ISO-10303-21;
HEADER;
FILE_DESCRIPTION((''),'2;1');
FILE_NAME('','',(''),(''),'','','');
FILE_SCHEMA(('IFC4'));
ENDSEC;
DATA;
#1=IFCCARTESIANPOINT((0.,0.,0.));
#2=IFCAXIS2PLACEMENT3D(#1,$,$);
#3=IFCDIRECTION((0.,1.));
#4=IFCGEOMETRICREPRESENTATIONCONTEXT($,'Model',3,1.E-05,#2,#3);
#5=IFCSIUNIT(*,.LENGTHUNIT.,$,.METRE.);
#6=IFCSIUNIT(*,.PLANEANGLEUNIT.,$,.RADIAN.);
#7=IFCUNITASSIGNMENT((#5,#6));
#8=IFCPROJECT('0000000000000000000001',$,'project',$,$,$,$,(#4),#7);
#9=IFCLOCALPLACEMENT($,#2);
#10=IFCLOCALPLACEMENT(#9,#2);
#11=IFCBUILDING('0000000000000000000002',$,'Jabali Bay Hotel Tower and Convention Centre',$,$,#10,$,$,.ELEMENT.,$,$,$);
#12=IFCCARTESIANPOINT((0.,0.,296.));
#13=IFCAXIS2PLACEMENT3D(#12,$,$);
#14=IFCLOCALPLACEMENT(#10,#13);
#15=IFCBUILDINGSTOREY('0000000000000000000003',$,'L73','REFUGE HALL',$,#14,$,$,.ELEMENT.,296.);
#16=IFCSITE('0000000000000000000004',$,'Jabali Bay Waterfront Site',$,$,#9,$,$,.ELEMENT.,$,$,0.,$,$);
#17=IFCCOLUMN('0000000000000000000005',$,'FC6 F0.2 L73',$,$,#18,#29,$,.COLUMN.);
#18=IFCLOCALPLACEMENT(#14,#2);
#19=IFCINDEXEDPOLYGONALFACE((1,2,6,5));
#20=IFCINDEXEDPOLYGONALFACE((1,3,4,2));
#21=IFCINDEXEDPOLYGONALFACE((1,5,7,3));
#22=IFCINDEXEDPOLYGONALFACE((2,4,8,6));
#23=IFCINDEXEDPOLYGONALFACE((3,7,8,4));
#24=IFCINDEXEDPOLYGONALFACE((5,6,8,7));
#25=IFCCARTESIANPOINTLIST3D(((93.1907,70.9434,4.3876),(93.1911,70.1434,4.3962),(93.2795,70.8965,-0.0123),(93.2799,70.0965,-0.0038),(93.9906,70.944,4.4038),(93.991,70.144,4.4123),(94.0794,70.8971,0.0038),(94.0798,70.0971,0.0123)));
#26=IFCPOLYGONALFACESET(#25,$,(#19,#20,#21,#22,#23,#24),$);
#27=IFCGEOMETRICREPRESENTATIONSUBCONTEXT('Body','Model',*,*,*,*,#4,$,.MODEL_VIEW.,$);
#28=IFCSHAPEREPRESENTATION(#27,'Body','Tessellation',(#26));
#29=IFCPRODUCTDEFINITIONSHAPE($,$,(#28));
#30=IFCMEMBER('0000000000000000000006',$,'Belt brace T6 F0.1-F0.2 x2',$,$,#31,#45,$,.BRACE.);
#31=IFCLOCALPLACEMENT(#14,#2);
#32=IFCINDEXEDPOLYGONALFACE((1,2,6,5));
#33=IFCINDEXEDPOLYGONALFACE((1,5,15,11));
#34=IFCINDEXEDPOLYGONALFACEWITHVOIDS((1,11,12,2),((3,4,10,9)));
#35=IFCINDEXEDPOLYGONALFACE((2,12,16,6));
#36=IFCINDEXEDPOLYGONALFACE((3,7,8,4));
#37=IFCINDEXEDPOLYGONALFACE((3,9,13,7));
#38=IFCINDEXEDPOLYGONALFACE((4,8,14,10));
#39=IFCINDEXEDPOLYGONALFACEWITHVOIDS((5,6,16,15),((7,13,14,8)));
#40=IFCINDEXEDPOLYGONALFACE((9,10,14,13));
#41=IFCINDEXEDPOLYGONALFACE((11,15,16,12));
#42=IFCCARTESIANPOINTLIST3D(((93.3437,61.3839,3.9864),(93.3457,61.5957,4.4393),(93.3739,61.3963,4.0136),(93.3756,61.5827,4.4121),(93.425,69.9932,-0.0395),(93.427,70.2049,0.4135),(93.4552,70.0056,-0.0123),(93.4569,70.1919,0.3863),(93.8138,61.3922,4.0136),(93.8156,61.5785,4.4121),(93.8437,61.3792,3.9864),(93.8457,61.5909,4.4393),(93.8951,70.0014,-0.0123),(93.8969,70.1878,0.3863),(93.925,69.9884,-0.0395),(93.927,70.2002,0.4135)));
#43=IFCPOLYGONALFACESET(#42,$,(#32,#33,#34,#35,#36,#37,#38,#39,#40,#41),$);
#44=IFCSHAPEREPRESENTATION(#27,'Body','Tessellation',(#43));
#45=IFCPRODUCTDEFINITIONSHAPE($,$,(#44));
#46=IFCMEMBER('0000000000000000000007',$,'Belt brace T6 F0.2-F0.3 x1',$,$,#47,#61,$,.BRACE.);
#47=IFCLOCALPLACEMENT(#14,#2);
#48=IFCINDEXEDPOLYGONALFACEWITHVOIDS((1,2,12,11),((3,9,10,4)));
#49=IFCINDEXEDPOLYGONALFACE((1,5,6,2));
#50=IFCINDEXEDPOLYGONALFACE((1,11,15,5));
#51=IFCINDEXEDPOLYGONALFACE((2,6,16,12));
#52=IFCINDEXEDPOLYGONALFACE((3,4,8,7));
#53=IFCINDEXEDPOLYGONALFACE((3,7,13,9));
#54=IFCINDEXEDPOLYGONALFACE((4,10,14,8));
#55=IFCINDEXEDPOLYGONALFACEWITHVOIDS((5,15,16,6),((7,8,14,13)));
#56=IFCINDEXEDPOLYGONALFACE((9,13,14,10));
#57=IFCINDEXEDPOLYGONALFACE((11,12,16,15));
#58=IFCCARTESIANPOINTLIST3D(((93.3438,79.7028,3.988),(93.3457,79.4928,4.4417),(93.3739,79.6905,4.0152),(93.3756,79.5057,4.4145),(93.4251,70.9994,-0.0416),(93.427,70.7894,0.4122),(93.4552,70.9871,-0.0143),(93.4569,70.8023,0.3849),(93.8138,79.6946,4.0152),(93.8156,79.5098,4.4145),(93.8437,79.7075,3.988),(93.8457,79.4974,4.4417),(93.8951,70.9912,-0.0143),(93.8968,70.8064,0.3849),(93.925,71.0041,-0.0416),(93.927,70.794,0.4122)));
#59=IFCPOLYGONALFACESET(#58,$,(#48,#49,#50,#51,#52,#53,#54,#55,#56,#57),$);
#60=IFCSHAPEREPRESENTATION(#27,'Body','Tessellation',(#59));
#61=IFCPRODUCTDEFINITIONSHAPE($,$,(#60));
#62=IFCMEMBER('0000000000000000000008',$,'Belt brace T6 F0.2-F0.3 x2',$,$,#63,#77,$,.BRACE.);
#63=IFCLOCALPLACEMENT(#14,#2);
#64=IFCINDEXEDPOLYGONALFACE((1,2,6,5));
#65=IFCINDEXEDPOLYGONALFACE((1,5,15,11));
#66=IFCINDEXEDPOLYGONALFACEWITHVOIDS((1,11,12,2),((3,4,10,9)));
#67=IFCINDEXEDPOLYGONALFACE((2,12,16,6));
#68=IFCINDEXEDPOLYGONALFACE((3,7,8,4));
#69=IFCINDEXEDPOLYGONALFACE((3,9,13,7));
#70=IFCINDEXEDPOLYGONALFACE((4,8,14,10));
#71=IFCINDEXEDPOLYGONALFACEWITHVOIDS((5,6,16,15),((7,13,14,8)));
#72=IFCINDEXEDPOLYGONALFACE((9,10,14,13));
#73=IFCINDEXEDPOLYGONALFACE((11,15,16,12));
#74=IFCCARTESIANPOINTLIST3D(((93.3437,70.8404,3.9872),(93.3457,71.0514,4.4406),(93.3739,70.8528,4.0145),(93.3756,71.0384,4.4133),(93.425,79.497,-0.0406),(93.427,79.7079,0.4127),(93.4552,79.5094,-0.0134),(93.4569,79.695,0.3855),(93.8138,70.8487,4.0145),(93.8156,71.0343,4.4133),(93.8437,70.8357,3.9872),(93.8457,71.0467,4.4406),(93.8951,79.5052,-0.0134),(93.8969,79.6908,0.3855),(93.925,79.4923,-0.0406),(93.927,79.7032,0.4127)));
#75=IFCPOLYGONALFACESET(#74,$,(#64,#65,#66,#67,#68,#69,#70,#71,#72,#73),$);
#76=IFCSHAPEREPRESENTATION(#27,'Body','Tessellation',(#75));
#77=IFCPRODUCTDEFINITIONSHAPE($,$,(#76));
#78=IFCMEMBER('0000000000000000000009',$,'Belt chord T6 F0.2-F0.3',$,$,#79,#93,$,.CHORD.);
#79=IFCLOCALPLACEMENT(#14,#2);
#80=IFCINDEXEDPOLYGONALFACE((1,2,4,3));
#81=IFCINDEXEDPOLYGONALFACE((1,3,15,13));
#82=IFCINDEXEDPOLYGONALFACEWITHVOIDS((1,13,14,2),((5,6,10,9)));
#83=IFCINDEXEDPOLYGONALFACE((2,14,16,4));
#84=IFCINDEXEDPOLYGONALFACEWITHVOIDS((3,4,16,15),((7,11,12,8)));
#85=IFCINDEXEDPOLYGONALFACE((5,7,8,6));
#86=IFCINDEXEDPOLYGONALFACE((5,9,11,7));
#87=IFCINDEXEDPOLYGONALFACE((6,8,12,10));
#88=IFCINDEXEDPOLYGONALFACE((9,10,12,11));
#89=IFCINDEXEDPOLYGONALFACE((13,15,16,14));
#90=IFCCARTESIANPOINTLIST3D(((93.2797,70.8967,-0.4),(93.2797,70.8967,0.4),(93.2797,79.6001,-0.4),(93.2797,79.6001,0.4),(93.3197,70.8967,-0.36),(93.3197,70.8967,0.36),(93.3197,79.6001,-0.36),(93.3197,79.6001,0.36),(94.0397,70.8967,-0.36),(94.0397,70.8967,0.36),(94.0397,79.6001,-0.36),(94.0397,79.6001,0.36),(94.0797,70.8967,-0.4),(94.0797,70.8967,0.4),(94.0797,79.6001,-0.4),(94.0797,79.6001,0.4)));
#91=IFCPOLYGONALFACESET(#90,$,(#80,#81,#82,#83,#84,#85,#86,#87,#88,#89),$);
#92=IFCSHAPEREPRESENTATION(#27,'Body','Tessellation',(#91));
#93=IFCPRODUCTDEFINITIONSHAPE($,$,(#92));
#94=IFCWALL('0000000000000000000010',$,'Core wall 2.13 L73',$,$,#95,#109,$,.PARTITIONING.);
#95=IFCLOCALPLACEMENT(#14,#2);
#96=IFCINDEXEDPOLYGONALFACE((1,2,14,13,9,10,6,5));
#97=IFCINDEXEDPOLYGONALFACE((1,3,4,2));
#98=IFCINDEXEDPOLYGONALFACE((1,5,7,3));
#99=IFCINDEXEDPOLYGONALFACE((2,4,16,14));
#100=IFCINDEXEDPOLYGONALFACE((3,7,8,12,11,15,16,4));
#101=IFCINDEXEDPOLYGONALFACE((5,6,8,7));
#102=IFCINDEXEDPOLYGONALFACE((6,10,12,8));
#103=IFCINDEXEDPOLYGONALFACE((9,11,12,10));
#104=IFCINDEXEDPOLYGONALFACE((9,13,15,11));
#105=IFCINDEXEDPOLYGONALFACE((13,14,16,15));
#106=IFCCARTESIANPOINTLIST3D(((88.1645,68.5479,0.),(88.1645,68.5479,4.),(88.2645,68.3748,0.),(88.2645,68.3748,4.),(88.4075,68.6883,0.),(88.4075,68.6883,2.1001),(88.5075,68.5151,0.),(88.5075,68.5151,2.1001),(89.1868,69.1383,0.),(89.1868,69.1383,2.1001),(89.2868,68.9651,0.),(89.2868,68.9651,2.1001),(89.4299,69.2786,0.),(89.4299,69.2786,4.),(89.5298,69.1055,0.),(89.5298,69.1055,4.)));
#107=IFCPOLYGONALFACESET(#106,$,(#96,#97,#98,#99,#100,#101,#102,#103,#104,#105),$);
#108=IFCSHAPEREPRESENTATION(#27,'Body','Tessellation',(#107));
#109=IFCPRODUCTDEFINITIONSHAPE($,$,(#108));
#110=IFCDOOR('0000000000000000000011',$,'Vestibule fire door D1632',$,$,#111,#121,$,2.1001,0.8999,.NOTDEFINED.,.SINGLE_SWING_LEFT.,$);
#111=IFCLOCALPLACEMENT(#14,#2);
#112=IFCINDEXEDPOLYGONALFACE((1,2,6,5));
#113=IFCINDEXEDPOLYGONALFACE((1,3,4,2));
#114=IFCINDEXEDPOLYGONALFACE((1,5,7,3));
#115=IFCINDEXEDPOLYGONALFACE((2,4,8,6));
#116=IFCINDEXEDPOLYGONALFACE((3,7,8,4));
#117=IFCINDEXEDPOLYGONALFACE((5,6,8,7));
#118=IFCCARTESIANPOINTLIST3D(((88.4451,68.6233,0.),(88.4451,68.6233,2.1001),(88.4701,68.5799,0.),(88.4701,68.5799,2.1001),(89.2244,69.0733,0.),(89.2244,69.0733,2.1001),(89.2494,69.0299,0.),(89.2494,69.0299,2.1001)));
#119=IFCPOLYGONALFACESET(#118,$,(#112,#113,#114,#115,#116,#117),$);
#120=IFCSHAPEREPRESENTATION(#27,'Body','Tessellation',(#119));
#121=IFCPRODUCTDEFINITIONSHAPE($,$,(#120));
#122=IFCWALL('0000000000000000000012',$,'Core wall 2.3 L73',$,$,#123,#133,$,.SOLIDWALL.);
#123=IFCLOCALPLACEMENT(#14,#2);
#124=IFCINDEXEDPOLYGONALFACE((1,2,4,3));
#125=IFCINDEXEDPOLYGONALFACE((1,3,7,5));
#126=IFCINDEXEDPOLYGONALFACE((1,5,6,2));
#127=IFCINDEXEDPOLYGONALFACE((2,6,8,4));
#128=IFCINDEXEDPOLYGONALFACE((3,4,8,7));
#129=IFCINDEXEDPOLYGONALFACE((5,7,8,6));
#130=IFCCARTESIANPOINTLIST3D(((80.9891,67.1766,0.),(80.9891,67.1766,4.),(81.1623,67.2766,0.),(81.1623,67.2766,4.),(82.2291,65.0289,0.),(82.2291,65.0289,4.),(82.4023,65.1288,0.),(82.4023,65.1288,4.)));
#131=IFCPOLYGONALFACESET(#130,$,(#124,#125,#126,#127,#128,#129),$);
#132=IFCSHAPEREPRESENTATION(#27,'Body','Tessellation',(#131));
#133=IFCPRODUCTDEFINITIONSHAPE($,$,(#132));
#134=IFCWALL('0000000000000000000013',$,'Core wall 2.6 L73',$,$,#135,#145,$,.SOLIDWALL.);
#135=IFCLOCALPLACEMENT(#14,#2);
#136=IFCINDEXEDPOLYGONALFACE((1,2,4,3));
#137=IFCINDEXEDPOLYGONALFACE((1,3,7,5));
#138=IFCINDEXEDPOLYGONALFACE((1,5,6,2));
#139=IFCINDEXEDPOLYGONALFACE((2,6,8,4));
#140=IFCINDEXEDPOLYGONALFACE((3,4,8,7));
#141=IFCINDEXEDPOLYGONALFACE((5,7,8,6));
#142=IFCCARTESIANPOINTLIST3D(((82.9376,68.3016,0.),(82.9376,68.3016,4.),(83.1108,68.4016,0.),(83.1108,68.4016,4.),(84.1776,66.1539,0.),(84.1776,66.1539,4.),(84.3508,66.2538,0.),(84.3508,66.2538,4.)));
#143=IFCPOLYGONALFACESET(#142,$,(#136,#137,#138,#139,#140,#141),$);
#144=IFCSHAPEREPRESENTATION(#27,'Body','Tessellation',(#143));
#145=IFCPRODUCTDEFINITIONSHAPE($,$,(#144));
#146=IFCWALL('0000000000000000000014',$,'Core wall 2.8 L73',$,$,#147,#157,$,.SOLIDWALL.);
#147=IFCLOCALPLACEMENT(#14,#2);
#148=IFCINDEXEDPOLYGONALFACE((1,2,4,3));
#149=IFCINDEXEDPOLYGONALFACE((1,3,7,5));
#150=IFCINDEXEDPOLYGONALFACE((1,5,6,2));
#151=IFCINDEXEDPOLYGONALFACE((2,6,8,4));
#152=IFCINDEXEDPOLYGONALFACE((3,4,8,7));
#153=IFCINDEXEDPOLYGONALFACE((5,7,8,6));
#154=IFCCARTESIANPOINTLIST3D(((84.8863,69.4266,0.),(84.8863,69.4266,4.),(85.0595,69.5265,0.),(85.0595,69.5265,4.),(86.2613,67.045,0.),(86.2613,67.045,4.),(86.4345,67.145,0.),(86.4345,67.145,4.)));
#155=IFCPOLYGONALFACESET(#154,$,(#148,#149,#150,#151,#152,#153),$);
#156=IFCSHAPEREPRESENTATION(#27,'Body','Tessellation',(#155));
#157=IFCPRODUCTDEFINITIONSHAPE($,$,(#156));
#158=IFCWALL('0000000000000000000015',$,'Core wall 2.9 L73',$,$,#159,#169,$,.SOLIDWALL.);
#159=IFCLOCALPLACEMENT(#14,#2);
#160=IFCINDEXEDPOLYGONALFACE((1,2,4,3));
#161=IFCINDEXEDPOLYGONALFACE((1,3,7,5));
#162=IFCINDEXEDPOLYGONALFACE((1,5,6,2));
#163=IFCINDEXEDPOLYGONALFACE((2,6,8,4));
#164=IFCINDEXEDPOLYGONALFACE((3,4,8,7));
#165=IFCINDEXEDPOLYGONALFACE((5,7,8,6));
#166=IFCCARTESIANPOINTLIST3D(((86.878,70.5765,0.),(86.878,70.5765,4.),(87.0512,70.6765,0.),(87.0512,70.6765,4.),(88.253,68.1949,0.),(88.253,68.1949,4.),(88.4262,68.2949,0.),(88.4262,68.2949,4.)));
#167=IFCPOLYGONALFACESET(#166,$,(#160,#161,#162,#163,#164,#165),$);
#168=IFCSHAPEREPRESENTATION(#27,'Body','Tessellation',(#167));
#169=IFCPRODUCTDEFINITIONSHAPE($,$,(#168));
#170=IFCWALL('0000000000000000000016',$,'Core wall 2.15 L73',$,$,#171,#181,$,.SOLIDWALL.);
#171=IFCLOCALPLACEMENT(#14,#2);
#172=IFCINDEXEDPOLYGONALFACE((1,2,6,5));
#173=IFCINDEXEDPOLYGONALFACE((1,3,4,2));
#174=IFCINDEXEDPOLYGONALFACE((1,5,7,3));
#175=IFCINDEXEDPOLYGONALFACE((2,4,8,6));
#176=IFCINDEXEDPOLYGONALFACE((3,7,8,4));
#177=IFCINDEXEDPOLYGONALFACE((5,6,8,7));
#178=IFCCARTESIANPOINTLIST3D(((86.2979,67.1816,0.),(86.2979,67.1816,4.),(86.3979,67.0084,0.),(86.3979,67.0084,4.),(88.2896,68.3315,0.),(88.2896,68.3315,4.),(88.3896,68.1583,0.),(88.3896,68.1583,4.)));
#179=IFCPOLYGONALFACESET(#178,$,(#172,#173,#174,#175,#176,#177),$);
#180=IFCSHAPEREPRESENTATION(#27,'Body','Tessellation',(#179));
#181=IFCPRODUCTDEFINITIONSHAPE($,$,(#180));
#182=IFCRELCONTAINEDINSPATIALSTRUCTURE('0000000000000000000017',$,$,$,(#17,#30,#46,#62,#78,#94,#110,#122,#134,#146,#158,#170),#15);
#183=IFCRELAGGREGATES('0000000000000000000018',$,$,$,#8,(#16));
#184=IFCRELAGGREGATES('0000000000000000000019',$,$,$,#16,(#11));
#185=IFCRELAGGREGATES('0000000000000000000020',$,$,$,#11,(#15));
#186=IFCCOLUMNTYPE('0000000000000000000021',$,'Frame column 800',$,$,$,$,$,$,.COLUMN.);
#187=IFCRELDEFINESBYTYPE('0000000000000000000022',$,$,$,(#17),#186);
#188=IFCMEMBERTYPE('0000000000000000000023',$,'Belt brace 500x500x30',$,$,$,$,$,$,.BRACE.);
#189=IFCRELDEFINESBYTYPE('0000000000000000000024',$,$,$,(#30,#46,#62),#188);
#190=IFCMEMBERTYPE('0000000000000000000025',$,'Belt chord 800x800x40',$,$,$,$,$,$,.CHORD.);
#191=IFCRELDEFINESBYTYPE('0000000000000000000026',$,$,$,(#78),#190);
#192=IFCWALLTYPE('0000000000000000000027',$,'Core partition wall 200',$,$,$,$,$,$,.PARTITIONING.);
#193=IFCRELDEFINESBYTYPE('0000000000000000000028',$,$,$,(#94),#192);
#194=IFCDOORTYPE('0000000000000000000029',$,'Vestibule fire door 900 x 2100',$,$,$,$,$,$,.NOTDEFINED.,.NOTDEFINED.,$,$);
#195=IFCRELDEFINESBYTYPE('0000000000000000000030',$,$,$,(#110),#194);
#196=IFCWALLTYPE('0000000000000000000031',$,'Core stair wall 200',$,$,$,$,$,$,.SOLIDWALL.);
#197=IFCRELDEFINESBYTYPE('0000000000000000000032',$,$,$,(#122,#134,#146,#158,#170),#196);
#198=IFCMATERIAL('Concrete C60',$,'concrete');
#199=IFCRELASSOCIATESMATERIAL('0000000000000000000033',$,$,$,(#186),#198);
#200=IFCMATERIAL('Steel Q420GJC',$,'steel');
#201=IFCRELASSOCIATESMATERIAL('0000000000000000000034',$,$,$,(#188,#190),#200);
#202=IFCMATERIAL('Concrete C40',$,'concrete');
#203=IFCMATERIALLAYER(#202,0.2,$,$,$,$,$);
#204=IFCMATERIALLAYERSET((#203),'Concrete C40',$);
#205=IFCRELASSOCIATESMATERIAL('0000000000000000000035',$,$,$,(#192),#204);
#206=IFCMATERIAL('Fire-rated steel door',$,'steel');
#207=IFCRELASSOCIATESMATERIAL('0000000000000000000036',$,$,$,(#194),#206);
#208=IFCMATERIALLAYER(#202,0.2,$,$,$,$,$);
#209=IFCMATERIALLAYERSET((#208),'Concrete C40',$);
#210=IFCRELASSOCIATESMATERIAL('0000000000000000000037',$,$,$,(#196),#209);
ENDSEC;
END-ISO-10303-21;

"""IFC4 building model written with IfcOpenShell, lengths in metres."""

from ifc_helpers import new_model, si_unit, direction, frame, frame_2d, origin, origin_2d, place, context, subcontext, project, spatial, rectangle, hollow_rectangle, extrude, material, layer, layer_set, material_profile, profile_set, type_object, element, fill, save


model = new_model("IFC4")

# Units and contexts
model_context = context("Model", 3, precision=1e-05, world=origin(), true_north=direction((0.0, 1.0)))
body_context = subcontext(model_context, "Body", "Model", "MODEL_VIEW")
ifc_project = project(units=[si_unit("LENGTHUNIT", "METRE"), si_unit("PLANEANGLEUNIT", "RADIAN")], contexts=[model_context])

# Site, building, storey
site_placement = place(None, origin())
site = spatial("IfcSite", under=ifc_project, at=site_placement, Name="Jabali Bay Waterfront Site", CompositionType="ELEMENT", RefElevation=0.0)
building_placement = place(site_placement, origin())
building = spatial("IfcBuilding", under=site, at=building_placement, Name="Jabali Bay Hotel Tower and Convention Centre", CompositionType="ELEMENT")
storey_placement = place(building_placement, frame((0.0, 0.0, 296.0)))
storey = spatial("IfcBuildingStorey", under=building, at=storey_placement, Name="L73", Description="REFUGE HALL", CompositionType="ELEMENT", Elevation=296.0)

# Column
ifc_material_1 = material(Name="Concrete C60", Category="concrete")
ifc_material_profile_1 = material_profile(ifc_material_1, rectangle(XDim=0.8, YDim=0.8, at=origin_2d()), Name="Frame column 800")
ifc_profile_set_1 = profile_set([ifc_material_profile_1], Name="Concrete C60")
column_type = type_object("IfcColumnType", Name="Frame column 800", PredefinedType="COLUMN", material=ifc_profile_set_1)
column_placement = place(storey_placement, frame((93.6797, 70.4968, 0.0), z_axis=(-0.020192, 0.010651, 0.999739), x_axis=(0.000501, -0.999943, 0.010663)))
element("IfcColumn", 1, at=column_placement, inside=storey, type_object=column_type, Name="FC6 F0.2 L73", PredefinedType="COLUMN", context=body_context, shape_type="SweptSolid", body=[
    extrude(rectangle(XDim=0.8, YDim=0.8, at=origin_2d()), origin(), (0.0, 0.0, 1.0), 4.4011),
])

# Members
ifc_material_2 = material(Name="Steel Q420GJC", Category="steel")
ifc_material_profile_2 = material_profile(ifc_material_2, hollow_rectangle(XDim=0.5, YDim=0.5, WallThickness=0.03, at=origin_2d()), Name="Belt brace 500x500x30")
ifc_profile_set_2 = profile_set([ifc_material_profile_2], Name="Steel Q420GJC")
member_type_1 = type_object("IfcMemberType", Name="Belt brace 500x500x30", PredefinedType="BRACE", material=ifc_profile_set_2)
member_1_placement = place(storey_placement, frame((93.676, 70.0967, 0.187), z_axis=(-0.008554, -0.90582, 0.423576), x_axis=(0.999955, -0.009443, 0.0)))
element("IfcMember", 2, at=member_1_placement, inside=storey, type_object=member_type_1, Name="Belt brace T6 F0.1-F0.2 x2", PredefinedType="BRACE", context=body_context, shape_type="SweptSolid", body=[
    extrude(hollow_rectangle(XDim=0.5, YDim=0.5, WallThickness=0.03, at=origin_2d()), origin(), (0.0, 0.0, 1.0), 9.5044),
])
member_2_placement = place(storey_placement, frame((93.676, 70.8967, 0.1853), z_axis=(-0.008476, 0.907426, 0.420126), x_axis=(-0.999956, -0.009341, 0.0)))
element("IfcMember", 3, at=member_2_placement, inside=storey, type_object=member_type_1, Name="Belt brace T6 F0.2-F0.3 x1", PredefinedType="BRACE", context=body_context, shape_type="SweptSolid", body=[
    extrude(hollow_rectangle(XDim=0.5, YDim=0.5, WallThickness=0.03, at=origin_2d()), origin(), (0.0, 0.0, 1.0), 9.5913),
])
member_3_placement = place(storey_placement, frame((93.676, 79.6001, 0.186), z_axis=(-0.008515, -0.906626, 0.421849), x_axis=(0.999956, -0.009391, 0.0)))
element("IfcMember", 4, at=member_3_placement, inside=storey, type_object=member_type_1, Name="Belt brace T6 F0.2-F0.3 x2", PredefinedType="BRACE", context=body_context, shape_type="SweptSolid", body=[
    extrude(hollow_rectangle(XDim=0.5, YDim=0.5, WallThickness=0.03, at=origin_2d()), origin(), (0.0, 0.0, 1.0), 9.5481),
])
ifc_material_profile_3 = material_profile(ifc_material_2, hollow_rectangle(XDim=0.8, YDim=0.8, WallThickness=0.04, at=origin_2d()), Name="Belt chord 800x800x40")
ifc_profile_set_3 = profile_set([ifc_material_profile_3], Name="Steel Q420GJC")
member_type_2 = type_object("IfcMemberType", Name="Belt chord 800x800x40", PredefinedType="CHORD", material=ifc_profile_set_3)
member_4_placement = place(storey_placement, frame((93.6797, 70.8967, 0.0), z_axis=(0.0, 1.0, 0.0), x_axis=(-1.0, 0.0, 0.0)))
element("IfcMember", 5, at=member_4_placement, inside=storey, type_object=member_type_2, Name="Belt chord T6 F0.2-F0.3", PredefinedType="CHORD", context=body_context, shape_type="SweptSolid", body=[
    extrude(hollow_rectangle(XDim=0.8, YDim=0.8, WallThickness=0.04, at=origin_2d()), origin(), (0.0, 0.0, 1.0), 8.7034),
])

# Wall, opening, door
ifc_material_3 = material(Name="Concrete C40", Category="concrete")
ifc_layer_1 = layer(ifc_material_3, 0.2)
ifc_layer_set_1 = layer_set([ifc_layer_1], Name="Concrete C40")
wall_type_1 = type_object("IfcWallType", Name="Core partition wall 200", PredefinedType="PARTITIONING", material=ifc_layer_set_1)
wall_1_placement = place(storey_placement, frame((88.2146, 68.4614, 0.0), z_axis=(0.0, 0.0, 1.0), x_axis=(0.865982, 0.500074, 0.0)))
wall_1 = element("IfcWall", 6, at=wall_1_placement, inside=storey, type_object=wall_type_1, Name="Core wall 2.13 L73", PredefinedType="PARTITIONING", context=body_context, shape_type="SweptSolid", body=[
    extrude(rectangle(XDim=1.4612, YDim=0.2, at=frame_2d((0.7305, 0.0))), origin(), (0.0, 0.0, 1.0), 4.0),
])
opening_1_placement = place(wall_1_placement, frame((0.2805, 0.0, 0.0)))
opening_1 = element("IfcOpeningElement", 7, at=opening_1_placement, cuts=wall_1, PredefinedType="OPENING", context=body_context, shape_type="SweptSolid", body=[
    extrude(rectangle(XDim=0.8999, YDim=2.1001, at=frame_2d((0.45, 1.05))), frame((0.0, 0.1104, 0.0), z_axis=(0.0, -1.0, 0.0), x_axis=(1.0, 0.0, 0.0)), (0.0, 0.0, 1.0), 0.2209),
])
ifc_material_4 = material(Name="Fire-rated steel door", Category="steel")
door_type_1 = type_object("IfcDoorType", Name="Vestibule fire door 900 x 2100", OperationType="NOTDEFINED", PredefinedType="NOTDEFINED", material=ifc_material_4)
door_1_placement = place(opening_1_placement, origin())
door_1 = element("IfcDoor", 8, at=door_1_placement, inside=storey, type_object=door_type_1, Name="Vestibule fire door D1632", OperationType="SINGLE_SWING_LEFT", OverallHeight=2.1001, OverallWidth=0.8999, PredefinedType="NOTDEFINED", context=body_context, shape_type="SweptSolid", body=[
    extrude(rectangle(XDim=0.8999, YDim=2.1001, at=frame_2d((0.45, 1.05))), frame((0.0, 0.0249, 0.0), z_axis=(0.0, -1.0, 0.0), x_axis=(1.0, 0.0, 0.0)), (0.0, 0.0, 1.0), 0.05),
])
fill(opening_1, door_1)

# Walls
ifc_layer_2 = layer(ifc_material_3, 0.2)
ifc_layer_set_2 = layer_set([ifc_layer_2], Name="Concrete C40")
wall_type_2 = type_object("IfcWallType", Name="Core stair wall 200", PredefinedType="SOLIDWALL", material=ifc_layer_set_2)
for number, where, z_axis, x_axis, name in (
    (9, (81.0757, 67.2266, 0.0), (0.0, 0.0, 1.0), (0.500004, -0.866023, 0.0), "Core wall 2.3 L73"),
    (10, (83.0242, 68.3516, 0.0), (0.0, 0.0, 1.0), (0.500004, -0.866023, 0.0), "Core wall 2.6 L73"),
):
    element("IfcWall", number, at=place(storey_placement, frame(where, z_axis=z_axis, x_axis=x_axis)), inside=storey, type_object=wall_type_2, Name=name, PredefinedType="SOLIDWALL", context=body_context, shape_type="SweptSolid", body=[
        extrude(rectangle(XDim=2.48, YDim=0.2, at=frame_2d((1.24, 0.0))), origin(), (0.0, 0.0, 1.0), 4.0),
    ])
for number, where, z_axis, x_axis, name in (
    (11, (84.9729, 69.4766, 0.0), (0.0, 0.0, 1.0), (0.499997, -0.866027, 0.0), "Core wall 2.8 L73"),
    (12, (86.9646, 70.6265, 0.0), (0.0, 0.0, 1.0), (0.499997, -0.866027, 0.0), "Core wall 2.9 L73"),
):
    element("IfcWall", number, at=place(storey_placement, frame(where, z_axis=z_axis, x_axis=x_axis)), inside=storey, type_object=wall_type_2, Name=name, PredefinedType="SOLIDWALL", context=body_context, shape_type="SweptSolid", body=[
        extrude(rectangle(XDim=2.75, YDim=0.2, at=frame_2d((1.375, 0.0))), origin(), (0.0, 0.0, 1.0), 4.0),
    ])
wall_2_placement = place(storey_placement, frame((86.3479, 67.095, 0.0), z_axis=(0.0, 0.0, 1.0), x_axis=(0.866026, 0.499998, 0.0)))
element("IfcWall", 13, at=wall_2_placement, inside=storey, type_object=wall_type_2, Name="Core wall 2.15 L73", PredefinedType="SOLIDWALL", context=body_context, shape_type="SweptSolid", body=[
    extrude(rectangle(XDim=2.2998, YDim=0.2, at=frame_2d((1.1499, 0.0))), origin(), (0.0, 0.0, 1.0), 4.0),
])

save(model, "model.ifc")
